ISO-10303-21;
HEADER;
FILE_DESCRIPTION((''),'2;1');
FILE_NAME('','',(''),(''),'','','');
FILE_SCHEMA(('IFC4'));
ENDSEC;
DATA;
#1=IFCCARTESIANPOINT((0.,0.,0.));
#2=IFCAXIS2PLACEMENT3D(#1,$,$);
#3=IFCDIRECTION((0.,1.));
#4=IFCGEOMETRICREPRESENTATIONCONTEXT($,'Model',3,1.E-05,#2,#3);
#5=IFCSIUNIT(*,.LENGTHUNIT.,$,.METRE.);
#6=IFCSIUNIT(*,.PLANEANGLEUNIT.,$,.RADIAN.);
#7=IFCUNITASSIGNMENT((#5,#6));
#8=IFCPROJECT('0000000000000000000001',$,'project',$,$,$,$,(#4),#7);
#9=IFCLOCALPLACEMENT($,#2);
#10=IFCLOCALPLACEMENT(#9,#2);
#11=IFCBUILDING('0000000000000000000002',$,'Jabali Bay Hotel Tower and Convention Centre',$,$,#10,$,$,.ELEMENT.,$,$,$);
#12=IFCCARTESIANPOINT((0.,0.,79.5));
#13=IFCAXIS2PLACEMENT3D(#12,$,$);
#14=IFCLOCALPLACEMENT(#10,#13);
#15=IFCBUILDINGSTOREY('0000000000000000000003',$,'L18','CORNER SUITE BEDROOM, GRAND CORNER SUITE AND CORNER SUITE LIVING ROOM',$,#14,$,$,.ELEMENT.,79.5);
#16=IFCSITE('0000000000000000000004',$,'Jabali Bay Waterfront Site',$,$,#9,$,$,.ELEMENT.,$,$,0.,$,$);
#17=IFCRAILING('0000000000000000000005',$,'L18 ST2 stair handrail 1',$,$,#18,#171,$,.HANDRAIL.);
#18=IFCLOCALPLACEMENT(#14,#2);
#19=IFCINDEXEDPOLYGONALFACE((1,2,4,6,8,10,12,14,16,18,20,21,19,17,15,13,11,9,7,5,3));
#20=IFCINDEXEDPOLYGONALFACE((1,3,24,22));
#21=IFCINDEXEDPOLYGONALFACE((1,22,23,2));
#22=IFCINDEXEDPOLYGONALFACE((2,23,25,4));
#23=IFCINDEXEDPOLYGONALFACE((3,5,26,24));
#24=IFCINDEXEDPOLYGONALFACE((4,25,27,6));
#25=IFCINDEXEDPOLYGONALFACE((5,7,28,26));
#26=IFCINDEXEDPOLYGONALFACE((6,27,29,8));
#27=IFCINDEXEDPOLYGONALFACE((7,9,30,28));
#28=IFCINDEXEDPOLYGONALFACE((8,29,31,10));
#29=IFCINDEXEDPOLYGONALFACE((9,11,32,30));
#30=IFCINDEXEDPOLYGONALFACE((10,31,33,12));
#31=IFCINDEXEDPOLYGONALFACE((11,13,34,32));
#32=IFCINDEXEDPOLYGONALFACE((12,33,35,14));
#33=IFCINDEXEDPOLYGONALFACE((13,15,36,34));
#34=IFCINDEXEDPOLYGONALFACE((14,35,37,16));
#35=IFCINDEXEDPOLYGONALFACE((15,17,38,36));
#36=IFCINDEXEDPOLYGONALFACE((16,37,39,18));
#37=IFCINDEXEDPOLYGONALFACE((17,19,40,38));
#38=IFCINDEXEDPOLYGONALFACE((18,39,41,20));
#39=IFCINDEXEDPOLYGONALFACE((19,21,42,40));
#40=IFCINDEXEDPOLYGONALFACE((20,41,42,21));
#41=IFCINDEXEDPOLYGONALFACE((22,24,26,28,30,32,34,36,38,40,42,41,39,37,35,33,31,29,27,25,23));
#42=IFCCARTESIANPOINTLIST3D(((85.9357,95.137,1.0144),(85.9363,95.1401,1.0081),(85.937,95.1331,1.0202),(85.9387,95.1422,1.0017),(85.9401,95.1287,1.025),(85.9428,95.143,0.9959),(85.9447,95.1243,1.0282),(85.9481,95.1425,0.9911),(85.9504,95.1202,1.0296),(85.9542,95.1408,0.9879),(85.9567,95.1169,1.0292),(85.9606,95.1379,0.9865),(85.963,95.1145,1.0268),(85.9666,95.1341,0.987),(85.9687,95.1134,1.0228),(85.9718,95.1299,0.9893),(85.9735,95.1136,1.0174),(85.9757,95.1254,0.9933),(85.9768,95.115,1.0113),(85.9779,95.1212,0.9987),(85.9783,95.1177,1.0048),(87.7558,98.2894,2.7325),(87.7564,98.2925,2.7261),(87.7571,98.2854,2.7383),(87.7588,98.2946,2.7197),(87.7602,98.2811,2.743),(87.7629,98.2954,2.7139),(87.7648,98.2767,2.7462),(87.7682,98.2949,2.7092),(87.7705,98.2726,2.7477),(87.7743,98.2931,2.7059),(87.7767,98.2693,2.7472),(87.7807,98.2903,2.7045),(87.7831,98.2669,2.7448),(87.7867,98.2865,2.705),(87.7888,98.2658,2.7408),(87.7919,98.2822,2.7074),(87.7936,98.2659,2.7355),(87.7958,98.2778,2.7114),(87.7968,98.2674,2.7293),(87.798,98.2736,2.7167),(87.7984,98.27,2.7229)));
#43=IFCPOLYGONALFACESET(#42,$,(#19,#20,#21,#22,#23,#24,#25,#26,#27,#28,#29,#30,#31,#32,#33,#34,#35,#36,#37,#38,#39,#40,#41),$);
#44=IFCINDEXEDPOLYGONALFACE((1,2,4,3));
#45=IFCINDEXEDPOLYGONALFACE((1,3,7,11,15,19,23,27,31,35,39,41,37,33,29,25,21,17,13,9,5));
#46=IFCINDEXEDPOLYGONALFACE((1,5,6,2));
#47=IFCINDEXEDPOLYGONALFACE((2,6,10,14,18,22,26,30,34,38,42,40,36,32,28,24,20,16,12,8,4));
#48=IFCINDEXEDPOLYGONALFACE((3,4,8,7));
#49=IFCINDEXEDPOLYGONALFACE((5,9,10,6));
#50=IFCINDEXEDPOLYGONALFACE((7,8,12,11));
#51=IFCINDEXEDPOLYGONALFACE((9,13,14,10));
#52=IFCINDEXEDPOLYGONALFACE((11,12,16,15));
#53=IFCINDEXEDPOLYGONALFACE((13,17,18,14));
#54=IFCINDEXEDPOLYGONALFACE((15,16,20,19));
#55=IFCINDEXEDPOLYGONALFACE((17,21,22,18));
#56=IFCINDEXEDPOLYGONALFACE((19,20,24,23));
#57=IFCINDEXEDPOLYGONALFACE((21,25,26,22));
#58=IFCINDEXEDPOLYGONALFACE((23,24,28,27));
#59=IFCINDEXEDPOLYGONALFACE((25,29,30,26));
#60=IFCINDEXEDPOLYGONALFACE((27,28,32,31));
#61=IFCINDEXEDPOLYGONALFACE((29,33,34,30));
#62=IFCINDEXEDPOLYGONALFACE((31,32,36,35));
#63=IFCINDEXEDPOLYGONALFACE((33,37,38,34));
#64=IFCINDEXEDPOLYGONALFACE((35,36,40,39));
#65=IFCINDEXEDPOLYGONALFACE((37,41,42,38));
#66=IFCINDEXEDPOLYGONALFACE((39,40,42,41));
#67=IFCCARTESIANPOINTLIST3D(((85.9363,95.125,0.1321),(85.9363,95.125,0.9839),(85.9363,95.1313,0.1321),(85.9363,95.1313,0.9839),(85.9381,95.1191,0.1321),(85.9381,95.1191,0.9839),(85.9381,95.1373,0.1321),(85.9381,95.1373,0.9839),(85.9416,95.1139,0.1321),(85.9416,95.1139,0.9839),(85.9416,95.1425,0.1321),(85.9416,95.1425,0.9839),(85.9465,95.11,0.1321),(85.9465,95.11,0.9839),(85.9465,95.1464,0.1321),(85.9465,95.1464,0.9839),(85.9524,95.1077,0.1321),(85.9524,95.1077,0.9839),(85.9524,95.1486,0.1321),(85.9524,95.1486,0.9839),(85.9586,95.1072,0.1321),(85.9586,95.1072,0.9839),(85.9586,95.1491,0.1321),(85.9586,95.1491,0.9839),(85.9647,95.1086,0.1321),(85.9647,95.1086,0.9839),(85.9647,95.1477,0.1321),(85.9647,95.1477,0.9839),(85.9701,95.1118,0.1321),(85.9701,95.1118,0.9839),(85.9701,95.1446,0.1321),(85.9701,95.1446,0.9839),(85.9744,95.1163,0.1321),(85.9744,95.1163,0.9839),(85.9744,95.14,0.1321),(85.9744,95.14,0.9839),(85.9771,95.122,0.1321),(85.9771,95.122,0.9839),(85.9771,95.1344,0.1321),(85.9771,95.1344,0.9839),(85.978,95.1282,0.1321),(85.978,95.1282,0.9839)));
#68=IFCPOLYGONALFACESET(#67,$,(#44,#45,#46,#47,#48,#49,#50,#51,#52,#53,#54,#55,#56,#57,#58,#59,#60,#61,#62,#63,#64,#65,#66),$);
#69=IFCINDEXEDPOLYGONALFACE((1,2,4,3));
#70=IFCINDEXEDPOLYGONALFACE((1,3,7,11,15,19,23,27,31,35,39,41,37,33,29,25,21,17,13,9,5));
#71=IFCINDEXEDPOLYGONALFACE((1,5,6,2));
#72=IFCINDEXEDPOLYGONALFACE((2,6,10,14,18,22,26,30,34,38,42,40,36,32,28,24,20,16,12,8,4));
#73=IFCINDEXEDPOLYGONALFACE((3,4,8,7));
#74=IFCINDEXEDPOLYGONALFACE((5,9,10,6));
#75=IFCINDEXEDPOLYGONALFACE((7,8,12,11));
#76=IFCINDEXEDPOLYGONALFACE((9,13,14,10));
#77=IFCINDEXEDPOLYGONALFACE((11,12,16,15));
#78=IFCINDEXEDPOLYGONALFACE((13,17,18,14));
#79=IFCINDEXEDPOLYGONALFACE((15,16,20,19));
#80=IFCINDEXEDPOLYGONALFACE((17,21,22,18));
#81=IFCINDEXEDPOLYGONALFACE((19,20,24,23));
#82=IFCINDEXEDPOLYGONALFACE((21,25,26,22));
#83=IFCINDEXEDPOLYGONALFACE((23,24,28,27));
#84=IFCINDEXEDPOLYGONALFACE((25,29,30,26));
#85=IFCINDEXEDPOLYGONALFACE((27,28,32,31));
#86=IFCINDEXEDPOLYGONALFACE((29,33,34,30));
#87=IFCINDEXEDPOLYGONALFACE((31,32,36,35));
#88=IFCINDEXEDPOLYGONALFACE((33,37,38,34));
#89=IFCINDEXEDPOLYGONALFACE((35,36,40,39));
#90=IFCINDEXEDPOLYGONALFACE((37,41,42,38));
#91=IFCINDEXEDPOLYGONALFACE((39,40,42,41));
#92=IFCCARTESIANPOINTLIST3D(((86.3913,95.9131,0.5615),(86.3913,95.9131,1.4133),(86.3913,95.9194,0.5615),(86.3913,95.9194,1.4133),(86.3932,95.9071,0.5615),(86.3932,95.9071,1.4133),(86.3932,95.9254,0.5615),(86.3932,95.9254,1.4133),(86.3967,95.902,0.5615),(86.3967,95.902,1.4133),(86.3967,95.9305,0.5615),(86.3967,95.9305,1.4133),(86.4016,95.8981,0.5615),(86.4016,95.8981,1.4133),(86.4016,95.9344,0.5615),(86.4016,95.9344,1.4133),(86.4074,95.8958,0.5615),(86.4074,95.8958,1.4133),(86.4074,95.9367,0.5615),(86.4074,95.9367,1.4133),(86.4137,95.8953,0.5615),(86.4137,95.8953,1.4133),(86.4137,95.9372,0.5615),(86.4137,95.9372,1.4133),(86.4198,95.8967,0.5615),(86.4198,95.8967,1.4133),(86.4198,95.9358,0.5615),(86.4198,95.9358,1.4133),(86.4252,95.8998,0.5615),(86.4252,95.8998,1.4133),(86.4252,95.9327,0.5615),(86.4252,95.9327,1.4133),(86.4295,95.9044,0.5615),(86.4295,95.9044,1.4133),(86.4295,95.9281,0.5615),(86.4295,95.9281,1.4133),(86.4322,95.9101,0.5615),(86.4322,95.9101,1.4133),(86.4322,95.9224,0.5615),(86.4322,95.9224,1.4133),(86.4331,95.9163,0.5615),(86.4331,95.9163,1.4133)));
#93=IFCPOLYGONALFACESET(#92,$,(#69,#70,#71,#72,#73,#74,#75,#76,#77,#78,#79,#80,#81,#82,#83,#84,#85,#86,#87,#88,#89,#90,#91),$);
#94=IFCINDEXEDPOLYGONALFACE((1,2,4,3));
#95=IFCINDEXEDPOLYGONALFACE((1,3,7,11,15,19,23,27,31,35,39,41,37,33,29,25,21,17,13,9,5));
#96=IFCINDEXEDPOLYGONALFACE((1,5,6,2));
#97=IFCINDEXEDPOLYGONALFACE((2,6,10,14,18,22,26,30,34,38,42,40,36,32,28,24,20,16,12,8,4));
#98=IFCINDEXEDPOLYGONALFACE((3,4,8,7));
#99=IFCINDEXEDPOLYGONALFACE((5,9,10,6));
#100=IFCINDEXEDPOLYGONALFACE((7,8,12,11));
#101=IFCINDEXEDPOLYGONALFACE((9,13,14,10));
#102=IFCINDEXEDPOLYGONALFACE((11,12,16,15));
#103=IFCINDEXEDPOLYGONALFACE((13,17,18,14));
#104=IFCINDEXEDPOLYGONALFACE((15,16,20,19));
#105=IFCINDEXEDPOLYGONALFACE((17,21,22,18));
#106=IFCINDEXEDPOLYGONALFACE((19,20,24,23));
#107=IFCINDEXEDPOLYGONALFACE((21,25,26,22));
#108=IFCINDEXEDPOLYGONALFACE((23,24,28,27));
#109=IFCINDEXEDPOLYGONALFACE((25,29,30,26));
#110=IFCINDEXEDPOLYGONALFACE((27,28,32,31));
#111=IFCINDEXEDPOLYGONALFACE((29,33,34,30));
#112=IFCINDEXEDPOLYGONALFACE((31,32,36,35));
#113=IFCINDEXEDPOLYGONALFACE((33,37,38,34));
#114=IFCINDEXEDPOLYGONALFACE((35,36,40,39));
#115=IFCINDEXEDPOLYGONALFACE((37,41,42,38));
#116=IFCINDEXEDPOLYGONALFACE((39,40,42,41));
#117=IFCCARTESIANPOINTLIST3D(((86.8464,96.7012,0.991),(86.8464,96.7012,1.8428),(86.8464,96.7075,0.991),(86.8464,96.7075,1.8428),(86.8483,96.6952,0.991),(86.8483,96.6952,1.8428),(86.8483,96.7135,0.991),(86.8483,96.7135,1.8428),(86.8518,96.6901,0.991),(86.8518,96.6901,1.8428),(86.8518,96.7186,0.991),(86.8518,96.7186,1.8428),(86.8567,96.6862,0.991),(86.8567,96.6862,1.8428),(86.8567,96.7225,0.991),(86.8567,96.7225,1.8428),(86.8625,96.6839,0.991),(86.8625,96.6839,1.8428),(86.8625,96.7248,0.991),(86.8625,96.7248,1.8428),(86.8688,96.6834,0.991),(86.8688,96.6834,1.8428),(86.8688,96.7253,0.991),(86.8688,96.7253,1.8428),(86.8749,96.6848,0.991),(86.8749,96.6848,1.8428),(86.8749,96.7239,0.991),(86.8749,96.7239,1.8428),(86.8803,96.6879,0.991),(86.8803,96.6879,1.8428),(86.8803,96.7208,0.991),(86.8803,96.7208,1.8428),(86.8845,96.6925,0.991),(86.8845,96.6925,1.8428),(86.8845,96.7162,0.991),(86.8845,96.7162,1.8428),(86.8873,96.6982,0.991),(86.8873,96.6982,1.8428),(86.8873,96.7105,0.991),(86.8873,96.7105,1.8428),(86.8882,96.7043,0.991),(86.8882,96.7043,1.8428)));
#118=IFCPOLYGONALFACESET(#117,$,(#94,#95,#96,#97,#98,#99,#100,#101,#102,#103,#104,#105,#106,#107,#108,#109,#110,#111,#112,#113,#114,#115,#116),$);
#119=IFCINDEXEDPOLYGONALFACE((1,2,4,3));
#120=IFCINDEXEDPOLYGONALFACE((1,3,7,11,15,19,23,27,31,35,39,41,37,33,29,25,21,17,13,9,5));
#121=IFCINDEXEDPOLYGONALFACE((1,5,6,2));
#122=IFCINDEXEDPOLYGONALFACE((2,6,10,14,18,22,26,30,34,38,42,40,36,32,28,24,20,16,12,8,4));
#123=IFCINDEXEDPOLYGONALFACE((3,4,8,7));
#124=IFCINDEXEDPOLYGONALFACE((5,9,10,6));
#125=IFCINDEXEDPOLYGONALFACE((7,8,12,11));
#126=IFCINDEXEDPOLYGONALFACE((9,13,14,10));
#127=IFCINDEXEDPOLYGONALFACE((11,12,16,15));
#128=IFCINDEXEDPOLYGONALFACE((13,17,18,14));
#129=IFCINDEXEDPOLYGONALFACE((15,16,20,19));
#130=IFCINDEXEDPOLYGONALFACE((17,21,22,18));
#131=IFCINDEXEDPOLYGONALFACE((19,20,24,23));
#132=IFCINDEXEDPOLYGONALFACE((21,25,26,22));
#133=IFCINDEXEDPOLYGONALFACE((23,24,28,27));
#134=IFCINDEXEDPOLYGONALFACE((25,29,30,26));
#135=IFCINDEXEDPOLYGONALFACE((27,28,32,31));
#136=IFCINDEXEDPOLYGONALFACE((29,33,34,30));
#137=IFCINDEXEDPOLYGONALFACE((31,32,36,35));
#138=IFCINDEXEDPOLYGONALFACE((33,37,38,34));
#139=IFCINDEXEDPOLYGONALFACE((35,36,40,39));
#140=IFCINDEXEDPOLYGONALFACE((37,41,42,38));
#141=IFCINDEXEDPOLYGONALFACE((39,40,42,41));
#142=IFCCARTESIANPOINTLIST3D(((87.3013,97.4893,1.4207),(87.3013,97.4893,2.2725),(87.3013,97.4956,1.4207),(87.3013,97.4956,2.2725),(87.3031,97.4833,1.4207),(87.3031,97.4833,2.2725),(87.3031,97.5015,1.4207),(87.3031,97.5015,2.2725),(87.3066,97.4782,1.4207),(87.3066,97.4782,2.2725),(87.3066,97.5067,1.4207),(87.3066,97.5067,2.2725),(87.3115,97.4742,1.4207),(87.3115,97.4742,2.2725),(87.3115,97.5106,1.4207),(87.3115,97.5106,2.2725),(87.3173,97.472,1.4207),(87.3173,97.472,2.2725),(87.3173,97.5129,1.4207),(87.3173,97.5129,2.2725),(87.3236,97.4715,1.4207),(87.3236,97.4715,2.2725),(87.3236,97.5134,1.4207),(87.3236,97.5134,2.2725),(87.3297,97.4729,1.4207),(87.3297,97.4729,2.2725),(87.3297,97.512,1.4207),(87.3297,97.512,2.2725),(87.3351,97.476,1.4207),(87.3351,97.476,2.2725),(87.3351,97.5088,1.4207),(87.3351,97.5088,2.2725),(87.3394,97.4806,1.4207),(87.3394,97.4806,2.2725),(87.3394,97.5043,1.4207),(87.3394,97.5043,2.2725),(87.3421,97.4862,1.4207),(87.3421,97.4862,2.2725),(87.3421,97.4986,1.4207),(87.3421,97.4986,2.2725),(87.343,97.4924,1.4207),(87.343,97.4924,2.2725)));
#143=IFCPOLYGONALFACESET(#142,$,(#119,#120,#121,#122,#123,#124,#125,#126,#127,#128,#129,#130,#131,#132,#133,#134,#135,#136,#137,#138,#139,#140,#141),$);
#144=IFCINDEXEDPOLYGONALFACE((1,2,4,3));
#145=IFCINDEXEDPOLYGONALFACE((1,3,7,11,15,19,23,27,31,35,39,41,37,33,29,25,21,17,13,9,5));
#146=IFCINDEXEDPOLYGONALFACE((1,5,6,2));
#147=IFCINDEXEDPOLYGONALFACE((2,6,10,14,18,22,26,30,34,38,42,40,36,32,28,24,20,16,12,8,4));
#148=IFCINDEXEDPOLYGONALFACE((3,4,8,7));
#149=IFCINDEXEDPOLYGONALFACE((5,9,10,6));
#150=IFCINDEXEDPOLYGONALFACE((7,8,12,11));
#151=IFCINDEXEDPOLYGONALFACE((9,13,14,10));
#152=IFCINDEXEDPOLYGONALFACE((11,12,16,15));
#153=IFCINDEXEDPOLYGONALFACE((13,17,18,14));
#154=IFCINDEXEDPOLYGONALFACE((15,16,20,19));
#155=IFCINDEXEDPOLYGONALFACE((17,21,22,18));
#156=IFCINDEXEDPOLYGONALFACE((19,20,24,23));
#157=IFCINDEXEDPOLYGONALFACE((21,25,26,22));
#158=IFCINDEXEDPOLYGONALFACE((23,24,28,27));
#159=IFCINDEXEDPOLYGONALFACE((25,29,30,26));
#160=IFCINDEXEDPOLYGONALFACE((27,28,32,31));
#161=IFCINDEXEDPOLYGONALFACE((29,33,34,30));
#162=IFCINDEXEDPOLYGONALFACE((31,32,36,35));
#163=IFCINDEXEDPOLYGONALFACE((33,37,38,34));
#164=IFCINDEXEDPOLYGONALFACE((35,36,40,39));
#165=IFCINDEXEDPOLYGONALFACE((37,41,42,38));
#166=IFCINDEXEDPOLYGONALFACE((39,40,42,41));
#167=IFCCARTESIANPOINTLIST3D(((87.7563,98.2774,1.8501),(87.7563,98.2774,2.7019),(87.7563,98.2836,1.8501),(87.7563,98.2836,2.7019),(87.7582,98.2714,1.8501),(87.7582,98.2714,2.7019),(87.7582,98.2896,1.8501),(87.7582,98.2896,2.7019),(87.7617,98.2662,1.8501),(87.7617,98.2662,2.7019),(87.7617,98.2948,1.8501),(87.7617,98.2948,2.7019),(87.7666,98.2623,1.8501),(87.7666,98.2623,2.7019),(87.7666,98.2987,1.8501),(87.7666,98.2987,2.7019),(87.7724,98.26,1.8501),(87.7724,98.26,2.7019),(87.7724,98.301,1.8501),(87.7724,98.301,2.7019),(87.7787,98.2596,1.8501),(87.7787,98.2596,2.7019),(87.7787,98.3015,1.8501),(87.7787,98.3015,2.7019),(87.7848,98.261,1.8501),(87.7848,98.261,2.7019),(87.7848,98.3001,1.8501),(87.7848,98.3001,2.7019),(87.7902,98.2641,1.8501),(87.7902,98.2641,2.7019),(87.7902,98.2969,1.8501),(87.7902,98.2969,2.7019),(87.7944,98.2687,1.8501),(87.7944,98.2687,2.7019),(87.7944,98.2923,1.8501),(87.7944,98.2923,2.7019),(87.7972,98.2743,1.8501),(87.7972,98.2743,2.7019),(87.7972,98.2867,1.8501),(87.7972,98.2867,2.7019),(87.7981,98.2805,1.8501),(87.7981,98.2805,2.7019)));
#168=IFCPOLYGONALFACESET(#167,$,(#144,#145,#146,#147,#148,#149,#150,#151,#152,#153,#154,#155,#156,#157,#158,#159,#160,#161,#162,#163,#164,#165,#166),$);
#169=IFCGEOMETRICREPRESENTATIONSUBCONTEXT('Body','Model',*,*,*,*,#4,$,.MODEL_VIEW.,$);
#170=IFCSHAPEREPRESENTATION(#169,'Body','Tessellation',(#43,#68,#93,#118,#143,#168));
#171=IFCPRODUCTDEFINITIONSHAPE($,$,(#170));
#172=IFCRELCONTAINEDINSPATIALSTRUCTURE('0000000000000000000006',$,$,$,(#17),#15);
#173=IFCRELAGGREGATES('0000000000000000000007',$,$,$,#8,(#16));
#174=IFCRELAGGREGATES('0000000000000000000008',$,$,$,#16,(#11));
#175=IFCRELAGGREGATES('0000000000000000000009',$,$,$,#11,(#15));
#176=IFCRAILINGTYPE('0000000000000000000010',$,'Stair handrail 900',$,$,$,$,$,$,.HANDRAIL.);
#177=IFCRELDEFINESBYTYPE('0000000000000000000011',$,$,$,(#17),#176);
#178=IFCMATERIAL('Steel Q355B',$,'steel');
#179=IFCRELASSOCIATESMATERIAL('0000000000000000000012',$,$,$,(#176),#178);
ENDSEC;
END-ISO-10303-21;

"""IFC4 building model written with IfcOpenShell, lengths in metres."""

from ifc_helpers import new_model, si_unit, direction, frame, origin, origin_2d, place, context, subcontext, project, spatial, circle, extrude, material, type_object, element, save


model = new_model("IFC4")

# Units and contexts
model_context = context("Model", 3, precision=1e-05, world=origin(), true_north=direction((0.0, 1.0)))
body_context = subcontext(model_context, "Body", "Model", "MODEL_VIEW")
ifc_project = project(units=[si_unit("LENGTHUNIT", "METRE"), si_unit("PLANEANGLEUNIT", "RADIAN")], contexts=[model_context])

# Site, building, storey
site_placement = place(None, origin())
site = spatial("IfcSite", under=ifc_project, at=site_placement, Name="Jabali Bay Waterfront Site", CompositionType="ELEMENT", RefElevation=0.0)
building_placement = place(site_placement, origin())
building = spatial("IfcBuilding", under=site, at=building_placement, Name="Jabali Bay Hotel Tower and Convention Centre", CompositionType="ELEMENT")
storey_placement = place(building_placement, frame((0.0, 0.0, 79.5)))
storey = spatial("IfcBuildingStorey", under=building, at=storey_placement, Name="L18", Description="CORNER SUITE BEDROOM, GRAND CORNER SUITE AND CORNER SUITE LIVING ROOM", CompositionType="ELEMENT", Elevation=79.5)

# Railing
ifc_material_1 = material(Name="Steel Q355B", Category="steel")
railing_type_1 = type_object("IfcRailingType", Name="Stair handrail 900", PredefinedType="HANDRAIL", material=ifc_material_1)
railing_1_placement = place(storey_placement, frame((85.957, 95.1282, 0.1321)))
element("IfcRailing", 1, at=railing_1_placement, inside=storey, type_object=railing_type_1, Name="L18 ST2 stair handrail 1", PredefinedType="HANDRAIL", context=body_context, shape_type="SweptSolid", body=[
    extrude(circle(Radius=0.0239, at=origin_2d()), frame((0.0, 0.0, 0.876), z_axis=(0.452179, 0.78317, 0.426825), x_axis=(-0.866018, 0.500013, 0.0)), (0.0, 0.0, 1.0), 4.0251),
    extrude(circle(Radius=0.021, at=origin_2d()), origin(), (0.0, 0.0, 1.0), 0.8518),
    extrude(circle(Radius=0.021, at=origin_2d()), frame((0.4551, 0.7881, 0.4294)), (0.0, 0.0, 1.0), 0.8518),
    extrude(circle(Radius=0.021, at=origin_2d()), frame((0.9102, 1.5762, 0.8589)), (0.0, 0.0, 1.0), 0.8518),
    extrude(circle(Radius=0.021, at=origin_2d()), frame((1.365, 2.3643, 1.2886)), (0.0, 0.0, 1.0), 0.8518),
    extrude(circle(Radius=0.021, at=origin_2d()), frame((1.8201, 3.1523, 1.718)), (0.0, 0.0, 1.0), 0.8518),
])

save(model, "model.ifc")
